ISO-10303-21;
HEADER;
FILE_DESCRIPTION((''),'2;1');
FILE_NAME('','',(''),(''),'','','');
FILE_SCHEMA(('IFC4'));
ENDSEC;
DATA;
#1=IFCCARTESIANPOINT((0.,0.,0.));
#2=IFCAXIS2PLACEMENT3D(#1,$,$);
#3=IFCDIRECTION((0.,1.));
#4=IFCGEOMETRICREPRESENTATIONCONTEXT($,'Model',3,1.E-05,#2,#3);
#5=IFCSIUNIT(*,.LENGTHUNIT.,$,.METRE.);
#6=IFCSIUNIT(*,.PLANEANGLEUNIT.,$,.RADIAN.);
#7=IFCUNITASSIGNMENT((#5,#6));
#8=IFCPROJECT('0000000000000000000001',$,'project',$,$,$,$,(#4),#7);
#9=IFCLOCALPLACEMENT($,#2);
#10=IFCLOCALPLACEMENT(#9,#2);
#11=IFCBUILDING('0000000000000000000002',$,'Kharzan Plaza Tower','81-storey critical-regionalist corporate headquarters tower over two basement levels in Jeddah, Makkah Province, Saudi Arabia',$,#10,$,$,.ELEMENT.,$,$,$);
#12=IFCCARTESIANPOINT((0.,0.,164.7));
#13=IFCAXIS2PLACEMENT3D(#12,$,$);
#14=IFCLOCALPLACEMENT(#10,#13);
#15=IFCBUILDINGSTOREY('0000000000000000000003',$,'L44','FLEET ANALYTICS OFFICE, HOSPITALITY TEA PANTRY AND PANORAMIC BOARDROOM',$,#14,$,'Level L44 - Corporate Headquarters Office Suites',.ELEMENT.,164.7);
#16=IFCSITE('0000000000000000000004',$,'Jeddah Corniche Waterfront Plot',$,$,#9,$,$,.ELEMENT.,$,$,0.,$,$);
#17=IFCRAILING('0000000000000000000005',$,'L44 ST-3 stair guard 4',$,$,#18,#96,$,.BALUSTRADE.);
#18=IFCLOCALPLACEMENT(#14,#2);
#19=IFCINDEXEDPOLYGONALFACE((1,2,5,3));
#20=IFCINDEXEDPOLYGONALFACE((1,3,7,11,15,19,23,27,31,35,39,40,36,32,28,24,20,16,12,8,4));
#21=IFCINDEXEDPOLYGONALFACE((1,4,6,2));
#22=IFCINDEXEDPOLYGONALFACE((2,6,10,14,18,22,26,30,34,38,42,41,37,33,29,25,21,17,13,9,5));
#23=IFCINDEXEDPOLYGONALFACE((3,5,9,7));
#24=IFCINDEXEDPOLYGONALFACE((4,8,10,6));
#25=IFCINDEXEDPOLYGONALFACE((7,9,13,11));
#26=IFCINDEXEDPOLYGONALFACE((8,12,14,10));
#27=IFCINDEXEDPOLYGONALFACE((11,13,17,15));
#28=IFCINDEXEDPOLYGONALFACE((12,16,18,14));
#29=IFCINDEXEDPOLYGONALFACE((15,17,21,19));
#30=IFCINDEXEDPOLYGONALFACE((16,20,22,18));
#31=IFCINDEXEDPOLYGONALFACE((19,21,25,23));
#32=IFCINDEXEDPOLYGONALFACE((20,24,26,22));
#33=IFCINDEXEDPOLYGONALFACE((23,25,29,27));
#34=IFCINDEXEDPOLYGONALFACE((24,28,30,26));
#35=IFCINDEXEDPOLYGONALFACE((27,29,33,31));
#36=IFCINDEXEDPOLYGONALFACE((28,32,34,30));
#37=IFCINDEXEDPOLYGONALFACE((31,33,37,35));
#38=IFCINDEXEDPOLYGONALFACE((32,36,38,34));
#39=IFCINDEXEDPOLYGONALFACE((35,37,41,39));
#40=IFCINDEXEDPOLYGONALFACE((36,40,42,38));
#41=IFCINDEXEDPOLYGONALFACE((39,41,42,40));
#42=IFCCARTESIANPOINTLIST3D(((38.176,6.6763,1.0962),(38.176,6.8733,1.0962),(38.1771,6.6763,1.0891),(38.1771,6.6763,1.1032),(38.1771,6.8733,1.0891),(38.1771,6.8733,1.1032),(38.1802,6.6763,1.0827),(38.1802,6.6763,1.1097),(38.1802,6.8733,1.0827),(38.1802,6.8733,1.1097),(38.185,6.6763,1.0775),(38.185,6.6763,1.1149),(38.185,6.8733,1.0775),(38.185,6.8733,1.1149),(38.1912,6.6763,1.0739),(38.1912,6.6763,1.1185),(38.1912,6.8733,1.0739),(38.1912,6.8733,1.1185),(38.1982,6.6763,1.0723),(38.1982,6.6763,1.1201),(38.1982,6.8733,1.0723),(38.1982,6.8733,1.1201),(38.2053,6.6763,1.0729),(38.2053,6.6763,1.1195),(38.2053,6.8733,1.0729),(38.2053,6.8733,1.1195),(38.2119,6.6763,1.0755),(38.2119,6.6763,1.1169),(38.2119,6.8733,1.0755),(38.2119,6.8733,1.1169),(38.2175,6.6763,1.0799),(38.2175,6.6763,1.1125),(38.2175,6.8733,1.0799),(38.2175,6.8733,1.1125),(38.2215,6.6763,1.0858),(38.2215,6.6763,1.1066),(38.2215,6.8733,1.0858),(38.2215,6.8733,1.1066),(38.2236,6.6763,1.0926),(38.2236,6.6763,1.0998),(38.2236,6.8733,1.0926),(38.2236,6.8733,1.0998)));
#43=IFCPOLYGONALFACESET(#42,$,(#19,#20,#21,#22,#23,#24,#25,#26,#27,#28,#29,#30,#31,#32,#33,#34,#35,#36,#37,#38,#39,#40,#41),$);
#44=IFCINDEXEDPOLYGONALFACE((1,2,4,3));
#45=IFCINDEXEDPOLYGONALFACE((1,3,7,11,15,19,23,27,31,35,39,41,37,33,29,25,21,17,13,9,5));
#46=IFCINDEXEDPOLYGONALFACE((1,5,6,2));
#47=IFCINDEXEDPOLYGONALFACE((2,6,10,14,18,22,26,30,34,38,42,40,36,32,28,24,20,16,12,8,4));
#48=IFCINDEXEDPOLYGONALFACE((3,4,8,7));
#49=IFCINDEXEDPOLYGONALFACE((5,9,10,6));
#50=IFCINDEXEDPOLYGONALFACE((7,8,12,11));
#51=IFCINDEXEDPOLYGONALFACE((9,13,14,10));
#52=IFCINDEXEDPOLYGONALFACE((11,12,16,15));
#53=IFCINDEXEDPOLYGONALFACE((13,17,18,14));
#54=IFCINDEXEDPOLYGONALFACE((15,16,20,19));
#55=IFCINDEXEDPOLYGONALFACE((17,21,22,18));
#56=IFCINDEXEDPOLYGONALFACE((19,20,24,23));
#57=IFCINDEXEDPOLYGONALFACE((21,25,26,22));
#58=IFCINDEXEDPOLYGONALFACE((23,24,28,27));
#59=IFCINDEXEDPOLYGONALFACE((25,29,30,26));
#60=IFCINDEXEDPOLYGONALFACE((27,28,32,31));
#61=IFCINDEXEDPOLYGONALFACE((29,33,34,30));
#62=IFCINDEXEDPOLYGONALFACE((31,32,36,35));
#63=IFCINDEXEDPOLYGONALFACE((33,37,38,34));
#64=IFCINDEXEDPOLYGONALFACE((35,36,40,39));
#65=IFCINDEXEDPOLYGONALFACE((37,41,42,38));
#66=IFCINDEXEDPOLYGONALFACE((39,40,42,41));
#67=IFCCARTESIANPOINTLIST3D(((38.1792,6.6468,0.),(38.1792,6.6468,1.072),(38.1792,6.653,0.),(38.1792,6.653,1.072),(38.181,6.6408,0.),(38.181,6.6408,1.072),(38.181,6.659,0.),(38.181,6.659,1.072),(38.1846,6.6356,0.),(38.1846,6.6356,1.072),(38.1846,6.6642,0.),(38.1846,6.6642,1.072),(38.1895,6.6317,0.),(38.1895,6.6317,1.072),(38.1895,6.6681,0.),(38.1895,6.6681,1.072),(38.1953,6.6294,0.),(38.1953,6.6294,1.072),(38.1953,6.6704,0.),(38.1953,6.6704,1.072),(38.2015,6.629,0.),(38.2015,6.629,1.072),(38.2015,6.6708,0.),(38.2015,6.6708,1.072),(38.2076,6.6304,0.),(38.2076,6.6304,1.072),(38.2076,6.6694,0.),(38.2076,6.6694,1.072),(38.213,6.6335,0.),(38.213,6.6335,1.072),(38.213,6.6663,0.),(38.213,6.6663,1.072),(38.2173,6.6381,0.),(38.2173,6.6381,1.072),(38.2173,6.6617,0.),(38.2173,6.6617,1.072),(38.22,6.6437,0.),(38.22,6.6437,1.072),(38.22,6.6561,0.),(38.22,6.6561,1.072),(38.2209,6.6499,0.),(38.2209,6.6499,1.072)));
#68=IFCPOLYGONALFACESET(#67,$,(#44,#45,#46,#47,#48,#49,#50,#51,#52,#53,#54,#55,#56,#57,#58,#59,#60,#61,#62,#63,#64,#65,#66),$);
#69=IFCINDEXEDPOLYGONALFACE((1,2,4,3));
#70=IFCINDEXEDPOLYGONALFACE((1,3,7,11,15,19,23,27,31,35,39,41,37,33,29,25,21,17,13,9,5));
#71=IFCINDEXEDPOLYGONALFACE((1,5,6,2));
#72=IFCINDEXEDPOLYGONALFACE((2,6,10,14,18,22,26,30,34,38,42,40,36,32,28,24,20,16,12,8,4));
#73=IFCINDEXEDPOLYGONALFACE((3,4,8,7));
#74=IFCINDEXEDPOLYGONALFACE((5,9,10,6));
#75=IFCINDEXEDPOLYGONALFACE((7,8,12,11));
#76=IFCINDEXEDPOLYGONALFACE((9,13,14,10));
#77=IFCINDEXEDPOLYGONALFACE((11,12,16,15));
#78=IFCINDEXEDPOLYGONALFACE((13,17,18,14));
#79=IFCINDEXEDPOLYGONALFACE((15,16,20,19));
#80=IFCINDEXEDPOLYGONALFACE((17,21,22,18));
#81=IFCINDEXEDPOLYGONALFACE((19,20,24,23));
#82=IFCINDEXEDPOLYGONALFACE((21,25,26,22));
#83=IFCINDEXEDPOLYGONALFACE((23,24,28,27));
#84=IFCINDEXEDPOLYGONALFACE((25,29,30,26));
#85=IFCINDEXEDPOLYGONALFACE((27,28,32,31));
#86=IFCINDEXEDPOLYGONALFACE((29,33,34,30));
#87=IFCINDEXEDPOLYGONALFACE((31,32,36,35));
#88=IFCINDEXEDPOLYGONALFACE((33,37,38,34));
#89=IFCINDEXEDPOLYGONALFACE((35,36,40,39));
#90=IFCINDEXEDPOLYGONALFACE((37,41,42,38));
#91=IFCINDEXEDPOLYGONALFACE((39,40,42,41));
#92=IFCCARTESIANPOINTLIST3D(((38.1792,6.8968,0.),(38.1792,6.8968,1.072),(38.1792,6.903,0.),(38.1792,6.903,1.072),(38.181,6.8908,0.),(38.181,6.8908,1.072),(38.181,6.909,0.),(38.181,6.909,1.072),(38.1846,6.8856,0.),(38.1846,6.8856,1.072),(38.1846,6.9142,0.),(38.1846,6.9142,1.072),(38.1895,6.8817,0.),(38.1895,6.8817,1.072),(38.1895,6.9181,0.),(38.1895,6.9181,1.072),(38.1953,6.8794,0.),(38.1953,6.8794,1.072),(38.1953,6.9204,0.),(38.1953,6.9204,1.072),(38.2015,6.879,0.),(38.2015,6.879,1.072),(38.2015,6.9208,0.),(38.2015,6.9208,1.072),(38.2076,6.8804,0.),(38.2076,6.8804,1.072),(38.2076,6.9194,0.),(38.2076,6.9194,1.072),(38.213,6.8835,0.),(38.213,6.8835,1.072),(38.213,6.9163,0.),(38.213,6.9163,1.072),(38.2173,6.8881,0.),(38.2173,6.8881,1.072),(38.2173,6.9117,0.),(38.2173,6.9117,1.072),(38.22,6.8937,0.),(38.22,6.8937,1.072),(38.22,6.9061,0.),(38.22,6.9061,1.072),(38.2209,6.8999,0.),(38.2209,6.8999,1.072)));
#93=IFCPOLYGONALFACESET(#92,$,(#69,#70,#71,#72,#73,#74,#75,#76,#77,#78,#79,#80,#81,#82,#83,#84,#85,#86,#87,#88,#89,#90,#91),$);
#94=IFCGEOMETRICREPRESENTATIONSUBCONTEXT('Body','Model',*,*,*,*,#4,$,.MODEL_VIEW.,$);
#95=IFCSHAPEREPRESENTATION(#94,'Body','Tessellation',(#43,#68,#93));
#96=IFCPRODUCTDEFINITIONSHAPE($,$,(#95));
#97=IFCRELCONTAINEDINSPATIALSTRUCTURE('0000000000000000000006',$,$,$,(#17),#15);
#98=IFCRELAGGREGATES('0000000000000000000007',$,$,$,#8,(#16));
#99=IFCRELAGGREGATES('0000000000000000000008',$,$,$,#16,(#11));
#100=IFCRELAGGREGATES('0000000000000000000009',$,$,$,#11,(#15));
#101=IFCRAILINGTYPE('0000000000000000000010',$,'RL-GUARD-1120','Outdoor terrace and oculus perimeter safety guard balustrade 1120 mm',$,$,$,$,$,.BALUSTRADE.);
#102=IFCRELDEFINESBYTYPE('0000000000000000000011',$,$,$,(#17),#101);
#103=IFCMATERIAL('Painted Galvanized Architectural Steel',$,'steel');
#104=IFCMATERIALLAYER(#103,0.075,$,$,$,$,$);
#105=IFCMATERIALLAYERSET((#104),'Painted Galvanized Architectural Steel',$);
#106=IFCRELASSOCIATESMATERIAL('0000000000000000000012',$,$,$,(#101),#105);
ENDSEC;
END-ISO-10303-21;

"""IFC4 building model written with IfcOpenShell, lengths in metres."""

from ifc_helpers import new_model, si_unit, direction, frame, origin, origin_2d, place, context, subcontext, project, spatial, circle, extrude, source, transform, mapped, material, layer, layer_set, type_object, element, save


model = new_model("IFC4")

# Units and contexts
model_context = context("Model", 3, precision=1e-05, world=origin(), true_north=direction((0.0, 1.0)))
body_context = subcontext(model_context, "Body", "Model", "MODEL_VIEW")
ifc_project = project(units=[si_unit("LENGTHUNIT", "METRE"), si_unit("PLANEANGLEUNIT", "RADIAN")], contexts=[model_context])

# Site, building, storey
site_placement = place(None, origin())
site = spatial("IfcSite", under=ifc_project, at=site_placement, Name="Jeddah Corniche Waterfront Plot", CompositionType="ELEMENT", RefElevation=0.0)
building_placement = place(site_placement, origin())
building = spatial("IfcBuilding", under=site, at=building_placement, Name="Kharzan Plaza Tower", Description="81-storey critical-regionalist corporate headquarters tower over two basement levels in Jeddah, Makkah Province, Saudi Arabia", CompositionType="ELEMENT")
storey_placement = place(building_placement, frame((0.0, 0.0, 164.7)))
storey = spatial("IfcBuildingStorey", under=building, at=storey_placement, Name="L44", Description="FLEET ANALYTICS OFFICE, HOSPITALITY TEA PANTRY AND PANORAMIC BOARDROOM", LongName="Level L44 - Corporate Headquarters Office Suites", CompositionType="ELEMENT", Elevation=164.7)

# Railing
ifc_material_1 = material(Name="Painted Galvanized Architectural Steel", Category="steel")
ifc_layer_1 = layer(ifc_material_1, 0.075)
ifc_layer_set_1 = layer_set([ifc_layer_1], Name="Painted Galvanized Architectural Steel")
railing_type_1 = type_object("IfcRailingType", Name="RL-GUARD-1120", Description="Outdoor terrace and oculus perimeter safety guard balustrade 1120 mm", PredefinedType="BALUSTRADE", material=ifc_layer_set_1)
shared_shape_1 = source(origin(), body_context, "Body", "SweptSolid", [
    extrude(circle(Radius=0.0239, at=origin_2d()), frame((0.0, 0.0264, 1.0962), z_axis=(0.0, 1.0, 0.0), x_axis=(-1.0, 0.0, 0.0)), (0.0, 0.0, 1.0), 0.197),
    extrude(circle(Radius=0.021, at=origin_2d()), origin(), (0.0, 0.0, 1.0), 1.072),
    extrude(circle(Radius=0.021, at=origin_2d()), frame((0.0, 0.25, 0.0)), (0.0, 0.0, 1.0), 1.072),
])
railing_1_placement = place(storey_placement, frame((38.2, 6.6499, 0.0)))
element("IfcRailing", 1, at=railing_1_placement, inside=storey, type_object=railing_type_1, Name="L44 ST-3 stair guard 4", PredefinedType="BALUSTRADE", context=body_context, shape_type="MappedRepresentation", body=[
    mapped(shared_shape_1, transform((0.0, 0.0, 0.0), x_axis=(1.0, 0.0, 0.0), y_axis=(0.0, 1.0, 0.0), z_axis=(0.0, 0.0, 1.0))),
])

save(model, "model.ifc")
